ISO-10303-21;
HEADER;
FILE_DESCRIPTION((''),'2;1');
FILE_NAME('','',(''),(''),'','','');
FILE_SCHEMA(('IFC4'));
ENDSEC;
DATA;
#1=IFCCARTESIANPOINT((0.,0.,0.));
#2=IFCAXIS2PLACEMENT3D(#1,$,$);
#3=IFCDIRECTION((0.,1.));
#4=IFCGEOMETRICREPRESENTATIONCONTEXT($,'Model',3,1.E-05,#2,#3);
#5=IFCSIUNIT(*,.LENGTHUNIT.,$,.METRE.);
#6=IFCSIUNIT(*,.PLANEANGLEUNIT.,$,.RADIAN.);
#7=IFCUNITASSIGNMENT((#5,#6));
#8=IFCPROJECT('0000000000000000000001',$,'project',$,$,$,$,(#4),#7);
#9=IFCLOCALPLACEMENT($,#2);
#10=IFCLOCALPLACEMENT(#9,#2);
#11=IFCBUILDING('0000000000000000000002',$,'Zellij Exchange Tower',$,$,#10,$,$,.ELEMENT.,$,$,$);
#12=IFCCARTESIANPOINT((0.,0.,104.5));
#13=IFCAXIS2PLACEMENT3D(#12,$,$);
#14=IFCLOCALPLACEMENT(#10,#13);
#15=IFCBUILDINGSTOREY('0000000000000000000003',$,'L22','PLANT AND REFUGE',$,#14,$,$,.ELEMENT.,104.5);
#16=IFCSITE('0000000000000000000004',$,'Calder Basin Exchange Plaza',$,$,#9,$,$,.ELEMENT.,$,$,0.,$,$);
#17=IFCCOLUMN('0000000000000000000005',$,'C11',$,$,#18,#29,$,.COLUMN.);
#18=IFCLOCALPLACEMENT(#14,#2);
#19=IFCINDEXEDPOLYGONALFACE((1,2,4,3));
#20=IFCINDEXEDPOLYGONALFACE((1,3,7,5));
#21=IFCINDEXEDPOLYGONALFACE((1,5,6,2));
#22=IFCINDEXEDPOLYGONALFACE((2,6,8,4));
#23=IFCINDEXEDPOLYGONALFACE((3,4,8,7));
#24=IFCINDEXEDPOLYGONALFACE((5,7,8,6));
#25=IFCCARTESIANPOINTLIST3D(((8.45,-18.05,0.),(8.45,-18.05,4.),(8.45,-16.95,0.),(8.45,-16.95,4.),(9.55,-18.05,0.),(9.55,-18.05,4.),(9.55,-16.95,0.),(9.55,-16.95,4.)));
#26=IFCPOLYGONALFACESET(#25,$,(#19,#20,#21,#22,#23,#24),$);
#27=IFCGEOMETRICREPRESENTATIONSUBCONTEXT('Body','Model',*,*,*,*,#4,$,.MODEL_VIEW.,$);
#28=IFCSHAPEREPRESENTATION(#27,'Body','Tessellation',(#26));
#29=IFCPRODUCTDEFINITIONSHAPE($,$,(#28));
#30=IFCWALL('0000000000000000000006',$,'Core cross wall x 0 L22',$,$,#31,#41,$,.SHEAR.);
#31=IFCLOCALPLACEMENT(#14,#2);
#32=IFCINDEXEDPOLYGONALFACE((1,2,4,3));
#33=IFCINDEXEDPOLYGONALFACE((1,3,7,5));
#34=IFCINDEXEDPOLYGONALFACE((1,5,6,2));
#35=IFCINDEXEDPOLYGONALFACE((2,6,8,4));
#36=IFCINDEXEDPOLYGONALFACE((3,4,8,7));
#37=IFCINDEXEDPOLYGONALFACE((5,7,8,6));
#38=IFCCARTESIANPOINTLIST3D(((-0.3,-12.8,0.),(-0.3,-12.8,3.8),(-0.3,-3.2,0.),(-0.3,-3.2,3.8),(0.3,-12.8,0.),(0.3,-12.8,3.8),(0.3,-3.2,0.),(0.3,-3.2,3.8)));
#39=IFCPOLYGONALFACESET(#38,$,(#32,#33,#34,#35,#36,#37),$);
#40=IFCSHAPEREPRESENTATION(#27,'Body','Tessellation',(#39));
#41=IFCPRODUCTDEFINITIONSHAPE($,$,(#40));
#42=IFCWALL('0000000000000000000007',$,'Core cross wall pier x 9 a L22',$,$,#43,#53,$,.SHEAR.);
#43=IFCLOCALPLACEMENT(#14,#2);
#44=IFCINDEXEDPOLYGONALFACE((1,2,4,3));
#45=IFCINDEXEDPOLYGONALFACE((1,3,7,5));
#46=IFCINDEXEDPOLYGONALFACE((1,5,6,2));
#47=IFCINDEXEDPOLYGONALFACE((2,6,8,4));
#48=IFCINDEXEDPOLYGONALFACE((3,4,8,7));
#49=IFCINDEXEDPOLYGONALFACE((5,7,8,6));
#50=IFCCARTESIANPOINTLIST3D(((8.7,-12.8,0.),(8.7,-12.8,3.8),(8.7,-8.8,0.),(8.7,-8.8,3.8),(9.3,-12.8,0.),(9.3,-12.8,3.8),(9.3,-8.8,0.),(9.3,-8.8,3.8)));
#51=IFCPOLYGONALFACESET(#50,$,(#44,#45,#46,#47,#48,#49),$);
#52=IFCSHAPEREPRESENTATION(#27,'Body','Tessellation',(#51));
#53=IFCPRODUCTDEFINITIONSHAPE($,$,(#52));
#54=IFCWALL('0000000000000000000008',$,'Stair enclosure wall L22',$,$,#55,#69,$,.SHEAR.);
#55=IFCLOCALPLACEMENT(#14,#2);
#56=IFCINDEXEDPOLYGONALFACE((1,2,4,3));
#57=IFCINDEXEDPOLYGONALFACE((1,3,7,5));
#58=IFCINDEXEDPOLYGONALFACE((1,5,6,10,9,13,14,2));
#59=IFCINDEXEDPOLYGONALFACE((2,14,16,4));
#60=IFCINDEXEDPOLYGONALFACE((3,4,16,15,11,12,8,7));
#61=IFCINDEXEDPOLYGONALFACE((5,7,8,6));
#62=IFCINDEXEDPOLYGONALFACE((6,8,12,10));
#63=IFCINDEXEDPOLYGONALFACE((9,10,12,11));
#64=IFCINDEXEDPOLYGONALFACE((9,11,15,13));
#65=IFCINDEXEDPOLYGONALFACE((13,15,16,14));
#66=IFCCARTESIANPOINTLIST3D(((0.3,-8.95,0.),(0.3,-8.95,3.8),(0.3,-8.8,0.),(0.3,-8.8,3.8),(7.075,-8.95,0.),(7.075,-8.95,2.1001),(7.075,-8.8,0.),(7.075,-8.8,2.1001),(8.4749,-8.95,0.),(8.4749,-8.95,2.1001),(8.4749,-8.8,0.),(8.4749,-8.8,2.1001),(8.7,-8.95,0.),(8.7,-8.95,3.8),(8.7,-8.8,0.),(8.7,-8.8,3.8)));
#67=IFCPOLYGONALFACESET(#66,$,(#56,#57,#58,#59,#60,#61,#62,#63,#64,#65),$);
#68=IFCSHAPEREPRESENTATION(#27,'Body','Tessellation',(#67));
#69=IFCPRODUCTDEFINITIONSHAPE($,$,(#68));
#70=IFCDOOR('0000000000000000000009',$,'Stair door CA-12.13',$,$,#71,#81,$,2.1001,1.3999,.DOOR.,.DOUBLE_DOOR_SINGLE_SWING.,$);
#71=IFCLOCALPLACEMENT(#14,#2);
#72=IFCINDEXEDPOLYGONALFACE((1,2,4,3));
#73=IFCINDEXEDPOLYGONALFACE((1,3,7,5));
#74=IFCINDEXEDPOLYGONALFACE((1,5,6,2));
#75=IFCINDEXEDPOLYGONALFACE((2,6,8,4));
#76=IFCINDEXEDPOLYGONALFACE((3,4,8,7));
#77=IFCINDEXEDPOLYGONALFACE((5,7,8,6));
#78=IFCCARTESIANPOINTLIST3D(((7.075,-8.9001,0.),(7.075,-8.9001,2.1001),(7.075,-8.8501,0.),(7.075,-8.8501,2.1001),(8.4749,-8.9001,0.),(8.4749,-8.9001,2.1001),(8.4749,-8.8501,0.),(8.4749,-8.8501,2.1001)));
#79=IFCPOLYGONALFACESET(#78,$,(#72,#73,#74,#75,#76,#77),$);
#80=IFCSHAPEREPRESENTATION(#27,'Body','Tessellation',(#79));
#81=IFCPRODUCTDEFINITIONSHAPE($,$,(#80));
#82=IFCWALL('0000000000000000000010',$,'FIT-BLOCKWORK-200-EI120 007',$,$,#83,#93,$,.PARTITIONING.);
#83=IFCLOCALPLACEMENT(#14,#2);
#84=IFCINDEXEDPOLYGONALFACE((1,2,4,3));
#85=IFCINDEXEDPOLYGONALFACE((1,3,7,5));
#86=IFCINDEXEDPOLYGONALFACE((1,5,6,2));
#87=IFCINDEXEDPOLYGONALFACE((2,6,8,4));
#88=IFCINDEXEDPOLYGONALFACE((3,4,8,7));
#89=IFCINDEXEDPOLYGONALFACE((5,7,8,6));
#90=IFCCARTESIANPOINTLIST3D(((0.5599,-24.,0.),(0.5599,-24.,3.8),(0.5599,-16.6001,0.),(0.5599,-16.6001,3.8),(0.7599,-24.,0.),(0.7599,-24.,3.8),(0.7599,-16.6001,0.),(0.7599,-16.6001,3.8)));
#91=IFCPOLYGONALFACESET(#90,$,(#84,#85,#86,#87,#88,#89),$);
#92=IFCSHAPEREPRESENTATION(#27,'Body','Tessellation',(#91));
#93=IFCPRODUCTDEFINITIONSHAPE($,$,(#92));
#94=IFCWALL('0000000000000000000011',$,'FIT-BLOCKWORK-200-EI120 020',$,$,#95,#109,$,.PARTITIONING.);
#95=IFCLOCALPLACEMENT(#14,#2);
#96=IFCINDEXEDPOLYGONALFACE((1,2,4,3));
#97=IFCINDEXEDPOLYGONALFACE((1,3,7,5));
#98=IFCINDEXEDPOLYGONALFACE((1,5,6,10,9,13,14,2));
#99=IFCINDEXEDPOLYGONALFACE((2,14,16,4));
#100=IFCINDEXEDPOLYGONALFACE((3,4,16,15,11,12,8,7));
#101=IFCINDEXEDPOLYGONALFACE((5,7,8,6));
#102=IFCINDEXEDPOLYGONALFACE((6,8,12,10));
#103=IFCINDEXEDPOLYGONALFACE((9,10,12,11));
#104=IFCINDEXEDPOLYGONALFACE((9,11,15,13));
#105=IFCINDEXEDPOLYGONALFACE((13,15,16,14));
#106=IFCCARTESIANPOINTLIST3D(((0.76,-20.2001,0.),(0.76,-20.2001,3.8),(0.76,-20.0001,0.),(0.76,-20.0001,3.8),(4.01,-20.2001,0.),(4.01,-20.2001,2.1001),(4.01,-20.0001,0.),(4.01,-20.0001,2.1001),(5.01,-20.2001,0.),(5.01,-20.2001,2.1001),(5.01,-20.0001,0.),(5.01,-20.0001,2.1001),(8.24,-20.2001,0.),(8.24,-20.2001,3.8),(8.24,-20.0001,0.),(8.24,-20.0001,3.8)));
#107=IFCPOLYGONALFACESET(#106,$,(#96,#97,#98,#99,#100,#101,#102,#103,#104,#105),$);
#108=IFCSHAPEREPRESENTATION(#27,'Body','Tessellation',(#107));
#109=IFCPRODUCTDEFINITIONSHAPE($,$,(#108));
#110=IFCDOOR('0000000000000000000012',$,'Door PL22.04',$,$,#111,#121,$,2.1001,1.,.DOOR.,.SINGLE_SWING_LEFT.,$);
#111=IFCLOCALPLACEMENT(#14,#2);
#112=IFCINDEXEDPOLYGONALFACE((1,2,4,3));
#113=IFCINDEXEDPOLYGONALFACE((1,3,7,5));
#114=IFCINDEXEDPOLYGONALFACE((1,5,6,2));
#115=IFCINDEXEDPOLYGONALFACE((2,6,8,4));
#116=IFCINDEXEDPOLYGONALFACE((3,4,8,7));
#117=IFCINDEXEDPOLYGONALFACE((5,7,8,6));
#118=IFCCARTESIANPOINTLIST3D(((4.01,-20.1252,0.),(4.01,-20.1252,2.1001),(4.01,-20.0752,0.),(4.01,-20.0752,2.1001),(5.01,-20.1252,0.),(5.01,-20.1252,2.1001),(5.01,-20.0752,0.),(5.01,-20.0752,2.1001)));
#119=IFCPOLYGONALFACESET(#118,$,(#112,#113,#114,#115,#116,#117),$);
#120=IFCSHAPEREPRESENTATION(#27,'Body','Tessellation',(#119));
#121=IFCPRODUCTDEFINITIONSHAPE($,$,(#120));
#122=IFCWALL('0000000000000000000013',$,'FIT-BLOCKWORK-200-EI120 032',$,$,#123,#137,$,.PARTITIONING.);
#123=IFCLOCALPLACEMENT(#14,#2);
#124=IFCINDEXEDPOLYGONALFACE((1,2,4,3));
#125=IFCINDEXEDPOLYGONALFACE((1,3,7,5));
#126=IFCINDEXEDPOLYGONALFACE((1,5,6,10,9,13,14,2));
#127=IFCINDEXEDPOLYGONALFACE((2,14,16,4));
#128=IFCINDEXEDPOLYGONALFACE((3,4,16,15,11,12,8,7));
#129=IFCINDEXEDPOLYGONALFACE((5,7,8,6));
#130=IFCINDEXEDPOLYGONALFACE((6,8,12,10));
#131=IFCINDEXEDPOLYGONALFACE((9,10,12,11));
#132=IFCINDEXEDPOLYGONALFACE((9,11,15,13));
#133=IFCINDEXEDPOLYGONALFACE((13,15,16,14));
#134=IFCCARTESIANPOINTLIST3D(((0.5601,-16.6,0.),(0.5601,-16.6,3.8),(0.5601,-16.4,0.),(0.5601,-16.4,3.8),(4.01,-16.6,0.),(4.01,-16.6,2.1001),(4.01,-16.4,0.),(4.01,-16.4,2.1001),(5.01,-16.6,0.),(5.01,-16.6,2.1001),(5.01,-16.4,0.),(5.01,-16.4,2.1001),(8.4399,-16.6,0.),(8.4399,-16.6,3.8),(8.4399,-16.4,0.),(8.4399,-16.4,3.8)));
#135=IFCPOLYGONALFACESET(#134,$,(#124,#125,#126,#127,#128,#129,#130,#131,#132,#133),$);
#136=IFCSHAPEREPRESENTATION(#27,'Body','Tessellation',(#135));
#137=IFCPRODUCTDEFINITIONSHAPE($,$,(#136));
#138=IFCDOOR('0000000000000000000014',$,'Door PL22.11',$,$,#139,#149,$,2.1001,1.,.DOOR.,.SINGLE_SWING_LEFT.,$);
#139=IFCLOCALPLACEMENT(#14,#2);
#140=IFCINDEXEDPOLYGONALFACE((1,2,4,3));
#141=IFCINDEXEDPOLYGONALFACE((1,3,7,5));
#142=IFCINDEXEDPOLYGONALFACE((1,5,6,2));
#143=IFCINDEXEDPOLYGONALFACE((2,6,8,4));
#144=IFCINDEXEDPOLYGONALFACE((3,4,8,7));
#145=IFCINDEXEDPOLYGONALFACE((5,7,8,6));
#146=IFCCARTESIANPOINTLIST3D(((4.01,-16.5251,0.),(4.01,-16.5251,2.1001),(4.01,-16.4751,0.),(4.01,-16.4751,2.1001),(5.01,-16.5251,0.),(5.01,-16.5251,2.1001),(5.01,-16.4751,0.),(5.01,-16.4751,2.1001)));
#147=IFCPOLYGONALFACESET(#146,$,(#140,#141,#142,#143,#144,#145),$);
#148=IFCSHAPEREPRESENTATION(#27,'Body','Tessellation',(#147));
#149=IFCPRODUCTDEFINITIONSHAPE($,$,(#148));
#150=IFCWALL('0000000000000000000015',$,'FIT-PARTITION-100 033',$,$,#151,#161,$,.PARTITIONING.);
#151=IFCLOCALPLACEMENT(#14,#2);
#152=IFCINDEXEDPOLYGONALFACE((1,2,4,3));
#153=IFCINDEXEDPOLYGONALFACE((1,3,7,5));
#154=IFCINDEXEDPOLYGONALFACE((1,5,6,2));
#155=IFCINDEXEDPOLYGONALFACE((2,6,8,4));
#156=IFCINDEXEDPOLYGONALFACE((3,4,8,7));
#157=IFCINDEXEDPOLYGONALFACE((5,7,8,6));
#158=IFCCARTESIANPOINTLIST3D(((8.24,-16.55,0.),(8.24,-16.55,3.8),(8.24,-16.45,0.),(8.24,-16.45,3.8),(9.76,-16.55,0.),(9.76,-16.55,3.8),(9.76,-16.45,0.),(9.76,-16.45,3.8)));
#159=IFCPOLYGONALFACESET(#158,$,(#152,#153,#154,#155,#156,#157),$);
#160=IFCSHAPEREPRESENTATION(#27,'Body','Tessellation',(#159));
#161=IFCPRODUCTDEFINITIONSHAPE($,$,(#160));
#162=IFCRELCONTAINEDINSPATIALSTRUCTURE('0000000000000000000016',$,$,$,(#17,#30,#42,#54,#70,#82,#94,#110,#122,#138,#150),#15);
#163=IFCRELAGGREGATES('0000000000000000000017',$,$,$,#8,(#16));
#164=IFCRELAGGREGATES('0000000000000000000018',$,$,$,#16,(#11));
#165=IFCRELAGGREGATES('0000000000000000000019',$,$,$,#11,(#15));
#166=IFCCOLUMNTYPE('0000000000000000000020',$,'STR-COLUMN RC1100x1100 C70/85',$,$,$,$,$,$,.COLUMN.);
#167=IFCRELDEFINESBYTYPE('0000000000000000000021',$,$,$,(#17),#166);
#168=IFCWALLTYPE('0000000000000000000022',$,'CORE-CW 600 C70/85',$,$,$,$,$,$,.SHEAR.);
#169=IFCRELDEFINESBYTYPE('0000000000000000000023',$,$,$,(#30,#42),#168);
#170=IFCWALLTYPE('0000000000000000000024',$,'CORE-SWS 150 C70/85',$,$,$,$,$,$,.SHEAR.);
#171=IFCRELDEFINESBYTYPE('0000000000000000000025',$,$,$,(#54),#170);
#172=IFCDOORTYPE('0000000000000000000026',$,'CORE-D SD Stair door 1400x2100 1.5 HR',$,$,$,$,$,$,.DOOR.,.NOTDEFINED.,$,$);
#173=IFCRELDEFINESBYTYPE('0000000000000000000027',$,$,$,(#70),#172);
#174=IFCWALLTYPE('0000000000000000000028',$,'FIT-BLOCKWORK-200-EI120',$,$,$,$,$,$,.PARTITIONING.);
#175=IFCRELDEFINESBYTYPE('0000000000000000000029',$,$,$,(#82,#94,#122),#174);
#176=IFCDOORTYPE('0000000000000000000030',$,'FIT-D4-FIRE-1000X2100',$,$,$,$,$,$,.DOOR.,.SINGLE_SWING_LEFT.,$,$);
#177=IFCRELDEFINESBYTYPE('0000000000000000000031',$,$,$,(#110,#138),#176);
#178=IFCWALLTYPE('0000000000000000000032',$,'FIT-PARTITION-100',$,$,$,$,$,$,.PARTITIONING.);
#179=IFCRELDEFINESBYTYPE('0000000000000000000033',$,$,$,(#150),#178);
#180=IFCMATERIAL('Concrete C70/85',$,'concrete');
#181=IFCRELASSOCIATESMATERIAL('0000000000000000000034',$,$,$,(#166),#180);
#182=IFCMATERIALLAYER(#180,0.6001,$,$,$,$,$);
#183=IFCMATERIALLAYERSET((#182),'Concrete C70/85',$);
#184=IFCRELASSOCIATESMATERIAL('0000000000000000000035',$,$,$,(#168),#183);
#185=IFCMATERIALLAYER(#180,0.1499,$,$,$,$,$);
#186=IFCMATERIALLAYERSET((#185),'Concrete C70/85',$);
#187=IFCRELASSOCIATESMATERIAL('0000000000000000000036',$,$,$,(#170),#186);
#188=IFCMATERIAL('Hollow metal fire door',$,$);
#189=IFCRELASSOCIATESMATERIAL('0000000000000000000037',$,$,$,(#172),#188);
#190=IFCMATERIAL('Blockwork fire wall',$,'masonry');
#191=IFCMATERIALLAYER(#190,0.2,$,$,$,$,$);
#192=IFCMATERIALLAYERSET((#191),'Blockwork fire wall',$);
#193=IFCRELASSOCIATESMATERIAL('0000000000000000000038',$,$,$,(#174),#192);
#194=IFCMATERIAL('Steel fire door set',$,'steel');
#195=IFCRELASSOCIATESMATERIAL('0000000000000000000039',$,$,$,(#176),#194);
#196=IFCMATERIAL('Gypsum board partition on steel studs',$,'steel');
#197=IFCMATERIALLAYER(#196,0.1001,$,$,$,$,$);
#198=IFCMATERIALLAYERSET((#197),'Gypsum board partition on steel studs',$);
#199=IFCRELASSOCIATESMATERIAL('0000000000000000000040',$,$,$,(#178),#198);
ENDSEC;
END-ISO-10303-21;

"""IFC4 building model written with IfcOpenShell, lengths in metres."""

from ifc_helpers import new_model, si_unit, direction, frame, frame_2d, origin, origin_2d, place, context, subcontext, project, spatial, rectangle, extrude, material, layer, layer_set, material_profile, profile_set, type_object, element, fill, save


model = new_model("IFC4")

# Units and contexts
model_context = context("Model", 3, precision=1e-05, world=origin(), true_north=direction((0.0, 1.0)))
body_context = subcontext(model_context, "Body", "Model", "MODEL_VIEW")
ifc_project = project(units=[si_unit("LENGTHUNIT", "METRE"), si_unit("PLANEANGLEUNIT", "RADIAN")], contexts=[model_context])

# Site, building, storey
site_placement = place(None, origin())
site = spatial("IfcSite", under=ifc_project, at=site_placement, Name="Calder Basin Exchange Plaza", CompositionType="ELEMENT", RefElevation=0.0)
building_placement = place(site_placement, origin())
building = spatial("IfcBuilding", under=site, at=building_placement, Name="Zellij Exchange Tower", CompositionType="ELEMENT")
storey_placement = place(building_placement, frame((0.0, 0.0, 104.5)))
storey = spatial("IfcBuildingStorey", under=building, at=storey_placement, Name="L22", Description="PLANT AND REFUGE", CompositionType="ELEMENT", Elevation=104.5)

# Column
ifc_material_1 = material(Name="Concrete C70/85", Category="concrete")
ifc_material_profile = material_profile(ifc_material_1, rectangle(XDim=1.1001, YDim=1.1001, at=origin_2d()), Name="STR-COLUMN RC1100x1100 C70/85")
ifc_profile_set = profile_set([ifc_material_profile], Name="Concrete C70/85")
column_type = type_object("IfcColumnType", Name="STR-COLUMN RC1100x1100 C70/85", PredefinedType="COLUMN", material=ifc_profile_set)
column_placement = place(storey_placement, frame((9.0, -17.5, 0.0), z_axis=(0.0, 0.0, 1.0), x_axis=(1.0, 0.0, 0.0)))
element("IfcColumn", 1, at=column_placement, inside=storey, type_object=column_type, Name="C11", PredefinedType="COLUMN", context=body_context, shape_type="SweptSolid", body=[
    extrude(rectangle(XDim=1.1001, YDim=1.1001, at=origin_2d()), origin(), (0.0, 0.0, 1.0), 4.0),
])

# Walls
ifc_layer_1 = layer(ifc_material_1, 0.6001)
ifc_layer_set_1 = layer_set([ifc_layer_1], Name="Concrete C70/85")
wall_type_1 = type_object("IfcWallType", Name="CORE-CW 600 C70/85", PredefinedType="SHEAR", material=ifc_layer_set_1)
wall_1_placement = place(storey_placement, frame((0.0, -12.8, 0.0), z_axis=(0.0, 0.0, 1.0), x_axis=(0.0, 1.0, 0.0)))
element("IfcWall", 2, at=wall_1_placement, inside=storey, type_object=wall_type_1, Name="Core cross wall x 0 L22", PredefinedType="SHEAR", context=body_context, shape_type="SweptSolid", body=[
    extrude(rectangle(XDim=9.6001, YDim=0.6001, at=frame_2d((4.8, 0.0))), origin(), (0.0, 0.0, 1.0), 3.8),
])
wall_2_placement = place(storey_placement, frame((9.0, -12.8, 0.0), z_axis=(0.0, 0.0, 1.0), x_axis=(0.0, 1.0, 0.0)))
element("IfcWall", 3, at=wall_2_placement, inside=storey, type_object=wall_type_1, Name="Core cross wall pier x 9 a L22", PredefinedType="SHEAR", context=body_context, shape_type="SweptSolid", body=[
    extrude(rectangle(XDim=4.0, YDim=0.6001, at=frame_2d((2.0, 0.0))), origin(), (0.0, 0.0, 1.0), 3.8),
])

# Wall, opening, door
ifc_layer_2 = layer(ifc_material_1, 0.1499)
ifc_layer_set_2 = layer_set([ifc_layer_2], Name="Concrete C70/85")
wall_type_2 = type_object("IfcWallType", Name="CORE-SWS 150 C70/85", PredefinedType="SHEAR", material=ifc_layer_set_2)
wall_3_placement = place(storey_placement, frame((0.3, -8.875, 0.0), z_axis=(0.0, 0.0, 1.0), x_axis=(1.0, 0.0, 0.0)))
wall_3 = element("IfcWall", 4, at=wall_3_placement, inside=storey, type_object=wall_type_2, Name="Stair enclosure wall L22", PredefinedType="SHEAR", context=body_context, shape_type="SweptSolid", body=[
    extrude(rectangle(XDim=8.3999, YDim=0.1499, at=frame_2d((4.2, 0.0))), origin(), (0.0, 0.0, 1.0), 3.8),
])
opening_1_placement = place(wall_3_placement, frame((6.7749, 0.0, 0.0)))
opening_1 = element("IfcOpeningElement", 5, at=opening_1_placement, cuts=wall_3, PredefinedType="OPENING", context=body_context, shape_type="SweptSolid", body=[
    extrude(rectangle(XDim=1.3999, YDim=2.1001, at=frame_2d((0.7, 1.05))), frame((0.0, 0.0869, 0.0), z_axis=(0.0, -1.0, 0.0), x_axis=(1.0, 0.0, 0.0)), (0.0, 0.0, 1.0), 0.1738),
])
ifc_material_2 = material(Name="Hollow metal fire door")
door_type_1 = type_object("IfcDoorType", Name="CORE-D SD Stair door 1400x2100 1.5 HR", OperationType="NOTDEFINED", PredefinedType="DOOR", material=ifc_material_2)
door_1_placement = place(opening_1_placement, origin())
door_1 = element("IfcDoor", 6, at=door_1_placement, inside=storey, type_object=door_type_1, Name="Stair door CA-12.13", OperationType="DOUBLE_DOOR_SINGLE_SWING", OverallHeight=2.1001, OverallWidth=1.3999, PredefinedType="DOOR", context=body_context, shape_type="SweptSolid", body=[
    extrude(rectangle(XDim=1.3999, YDim=2.1001, at=frame_2d((0.7, 1.05))), frame((0.0, 0.0249, 0.0), z_axis=(0.0, -1.0, 0.0), x_axis=(1.0, 0.0, 0.0)), (0.0, 0.0, 1.0), 0.05),
])
fill(opening_1, door_1)

# Wall
ifc_material_3 = material(Name="Blockwork fire wall", Category="masonry")
ifc_layer_3 = layer(ifc_material_3, 0.2)
ifc_layer_set_3 = layer_set([ifc_layer_3], Name="Blockwork fire wall")
wall_type_3 = type_object("IfcWallType", Name="FIT-BLOCKWORK-200-EI120", PredefinedType="PARTITIONING", material=ifc_layer_set_3)
wall_4_placement = place(storey_placement, frame((0.6599, -24.0, 0.0), z_axis=(0.0, 0.0, 1.0), x_axis=(0.0, 1.0, 0.0)))
element("IfcWall", 7, at=wall_4_placement, inside=storey, type_object=wall_type_3, Name="FIT-BLOCKWORK-200-EI120 007", PredefinedType="PARTITIONING", context=body_context, shape_type="SweptSolid", body=[
    extrude(rectangle(XDim=7.3999, YDim=0.2, at=frame_2d((3.7, 0.0))), origin(), (0.0, 0.0, 1.0), 3.8),
])

# Walls, openings, doors
wall_5_placement = place(storey_placement, frame((0.76, -20.1001, 0.0), z_axis=(0.0, 0.0, 1.0), x_axis=(1.0, 0.0, 0.0)))
wall_5 = element("IfcWall", 8, at=wall_5_placement, inside=storey, type_object=wall_type_3, Name="FIT-BLOCKWORK-200-EI120 020", PredefinedType="PARTITIONING", context=body_context, shape_type="SweptSolid", body=[
    extrude(rectangle(XDim=7.48, YDim=0.2, at=frame_2d((3.74, 0.0))), origin(), (0.0, 0.0, 1.0), 3.8),
])
opening_2_placement = place(wall_5_placement, frame((3.25, 0.0, 0.0)))
opening_2 = element("IfcOpeningElement", 9, at=opening_2_placement, cuts=wall_5, PredefinedType="OPENING", context=body_context, shape_type="SweptSolid", body=[
    extrude(rectangle(XDim=1.0, YDim=2.1001, at=frame_2d((0.5, 1.05))), frame((0.0, 0.1118, 0.0), z_axis=(0.0, -1.0, 0.0), x_axis=(1.0, 0.0, 0.0)), (0.0, 0.0, 1.0), 0.2239),
])
ifc_material_4 = material(Name="Steel fire door set", Category="steel")
door_type_2 = type_object("IfcDoorType", Name="FIT-D4-FIRE-1000X2100", OperationType="SINGLE_SWING_LEFT", PredefinedType="DOOR", material=ifc_material_4)
door_2_placement = place(opening_2_placement, origin())
door_2 = element("IfcDoor", 10, at=door_2_placement, inside=storey, type_object=door_type_2, Name="Door PL22.04", OperationType="SINGLE_SWING_LEFT", OverallHeight=2.1001, OverallWidth=1.0, PredefinedType="DOOR", context=body_context, shape_type="SweptSolid", body=[
    extrude(rectangle(XDim=1.0, YDim=2.1001, at=frame_2d((0.5, 1.05))), frame((0.0, 0.0249, 0.0), z_axis=(0.0, -1.0, 0.0), x_axis=(1.0, 0.0, 0.0)), (0.0, 0.0, 1.0), 0.05),
])
fill(opening_2, door_2)
wall_6_placement = place(storey_placement, frame((0.5601, -16.5, 0.0), z_axis=(0.0, 0.0, 1.0), x_axis=(1.0, 0.0, 0.0)))
wall_6 = element("IfcWall", 11, at=wall_6_placement, inside=storey, type_object=wall_type_3, Name="FIT-BLOCKWORK-200-EI120 032", PredefinedType="PARTITIONING", context=body_context, shape_type="SweptSolid", body=[
    extrude(rectangle(XDim=7.8799, YDim=0.2, at=frame_2d((3.9399, 0.0))), origin(), (0.0, 0.0, 1.0), 3.8),
])
opening_3_placement = place(wall_6_placement, frame((3.45, 0.0, 0.0)))
opening_3 = element("IfcOpeningElement", 12, at=opening_3_placement, cuts=wall_6, PredefinedType="OPENING", context=body_context, shape_type="SweptSolid", body=[
    extrude(rectangle(XDim=1.0, YDim=2.1001, at=frame_2d((0.5, 1.05))), frame((0.0, 0.1118, 0.0), z_axis=(0.0, -1.0, 0.0), x_axis=(1.0, 0.0, 0.0)), (0.0, 0.0, 1.0), 0.2239),
])
door_3_placement = place(opening_3_placement, origin())
door_3 = element("IfcDoor", 13, at=door_3_placement, inside=storey, type_object=door_type_2, Name="Door PL22.11", OperationType="SINGLE_SWING_LEFT", OverallHeight=2.1001, OverallWidth=1.0, PredefinedType="DOOR", context=body_context, shape_type="SweptSolid", body=[
    extrude(rectangle(XDim=1.0, YDim=2.1001, at=frame_2d((0.5, 1.05))), frame((0.0, 0.0249, 0.0), z_axis=(0.0, -1.0, 0.0), x_axis=(1.0, 0.0, 0.0)), (0.0, 0.0, 1.0), 0.05),
])
fill(opening_3, door_3)

# Wall
ifc_material_5 = material(Name="Gypsum board partition on steel studs", Category="steel")
ifc_layer_4 = layer(ifc_material_5, 0.1001)
ifc_layer_set_4 = layer_set([ifc_layer_4], Name="Gypsum board partition on steel studs")
wall_type_4 = type_object("IfcWallType", Name="FIT-PARTITION-100", PredefinedType="PARTITIONING", material=ifc_layer_set_4)
wall_7_placement = place(storey_placement, frame((8.24, -16.5, 0.0), z_axis=(0.0, 0.0, 1.0), x_axis=(1.0, 0.0, 0.0)))
element("IfcWall", 14, at=wall_7_placement, inside=storey, type_object=wall_type_4, Name="FIT-PARTITION-100 033", PredefinedType="PARTITIONING", context=body_context, shape_type="SweptSolid", body=[
    extrude(rectangle(XDim=1.52, YDim=0.1001, at=frame_2d((0.76, 0.0))), origin(), (0.0, 0.0, 1.0), 3.8),
])

save(model, "model.ifc")
